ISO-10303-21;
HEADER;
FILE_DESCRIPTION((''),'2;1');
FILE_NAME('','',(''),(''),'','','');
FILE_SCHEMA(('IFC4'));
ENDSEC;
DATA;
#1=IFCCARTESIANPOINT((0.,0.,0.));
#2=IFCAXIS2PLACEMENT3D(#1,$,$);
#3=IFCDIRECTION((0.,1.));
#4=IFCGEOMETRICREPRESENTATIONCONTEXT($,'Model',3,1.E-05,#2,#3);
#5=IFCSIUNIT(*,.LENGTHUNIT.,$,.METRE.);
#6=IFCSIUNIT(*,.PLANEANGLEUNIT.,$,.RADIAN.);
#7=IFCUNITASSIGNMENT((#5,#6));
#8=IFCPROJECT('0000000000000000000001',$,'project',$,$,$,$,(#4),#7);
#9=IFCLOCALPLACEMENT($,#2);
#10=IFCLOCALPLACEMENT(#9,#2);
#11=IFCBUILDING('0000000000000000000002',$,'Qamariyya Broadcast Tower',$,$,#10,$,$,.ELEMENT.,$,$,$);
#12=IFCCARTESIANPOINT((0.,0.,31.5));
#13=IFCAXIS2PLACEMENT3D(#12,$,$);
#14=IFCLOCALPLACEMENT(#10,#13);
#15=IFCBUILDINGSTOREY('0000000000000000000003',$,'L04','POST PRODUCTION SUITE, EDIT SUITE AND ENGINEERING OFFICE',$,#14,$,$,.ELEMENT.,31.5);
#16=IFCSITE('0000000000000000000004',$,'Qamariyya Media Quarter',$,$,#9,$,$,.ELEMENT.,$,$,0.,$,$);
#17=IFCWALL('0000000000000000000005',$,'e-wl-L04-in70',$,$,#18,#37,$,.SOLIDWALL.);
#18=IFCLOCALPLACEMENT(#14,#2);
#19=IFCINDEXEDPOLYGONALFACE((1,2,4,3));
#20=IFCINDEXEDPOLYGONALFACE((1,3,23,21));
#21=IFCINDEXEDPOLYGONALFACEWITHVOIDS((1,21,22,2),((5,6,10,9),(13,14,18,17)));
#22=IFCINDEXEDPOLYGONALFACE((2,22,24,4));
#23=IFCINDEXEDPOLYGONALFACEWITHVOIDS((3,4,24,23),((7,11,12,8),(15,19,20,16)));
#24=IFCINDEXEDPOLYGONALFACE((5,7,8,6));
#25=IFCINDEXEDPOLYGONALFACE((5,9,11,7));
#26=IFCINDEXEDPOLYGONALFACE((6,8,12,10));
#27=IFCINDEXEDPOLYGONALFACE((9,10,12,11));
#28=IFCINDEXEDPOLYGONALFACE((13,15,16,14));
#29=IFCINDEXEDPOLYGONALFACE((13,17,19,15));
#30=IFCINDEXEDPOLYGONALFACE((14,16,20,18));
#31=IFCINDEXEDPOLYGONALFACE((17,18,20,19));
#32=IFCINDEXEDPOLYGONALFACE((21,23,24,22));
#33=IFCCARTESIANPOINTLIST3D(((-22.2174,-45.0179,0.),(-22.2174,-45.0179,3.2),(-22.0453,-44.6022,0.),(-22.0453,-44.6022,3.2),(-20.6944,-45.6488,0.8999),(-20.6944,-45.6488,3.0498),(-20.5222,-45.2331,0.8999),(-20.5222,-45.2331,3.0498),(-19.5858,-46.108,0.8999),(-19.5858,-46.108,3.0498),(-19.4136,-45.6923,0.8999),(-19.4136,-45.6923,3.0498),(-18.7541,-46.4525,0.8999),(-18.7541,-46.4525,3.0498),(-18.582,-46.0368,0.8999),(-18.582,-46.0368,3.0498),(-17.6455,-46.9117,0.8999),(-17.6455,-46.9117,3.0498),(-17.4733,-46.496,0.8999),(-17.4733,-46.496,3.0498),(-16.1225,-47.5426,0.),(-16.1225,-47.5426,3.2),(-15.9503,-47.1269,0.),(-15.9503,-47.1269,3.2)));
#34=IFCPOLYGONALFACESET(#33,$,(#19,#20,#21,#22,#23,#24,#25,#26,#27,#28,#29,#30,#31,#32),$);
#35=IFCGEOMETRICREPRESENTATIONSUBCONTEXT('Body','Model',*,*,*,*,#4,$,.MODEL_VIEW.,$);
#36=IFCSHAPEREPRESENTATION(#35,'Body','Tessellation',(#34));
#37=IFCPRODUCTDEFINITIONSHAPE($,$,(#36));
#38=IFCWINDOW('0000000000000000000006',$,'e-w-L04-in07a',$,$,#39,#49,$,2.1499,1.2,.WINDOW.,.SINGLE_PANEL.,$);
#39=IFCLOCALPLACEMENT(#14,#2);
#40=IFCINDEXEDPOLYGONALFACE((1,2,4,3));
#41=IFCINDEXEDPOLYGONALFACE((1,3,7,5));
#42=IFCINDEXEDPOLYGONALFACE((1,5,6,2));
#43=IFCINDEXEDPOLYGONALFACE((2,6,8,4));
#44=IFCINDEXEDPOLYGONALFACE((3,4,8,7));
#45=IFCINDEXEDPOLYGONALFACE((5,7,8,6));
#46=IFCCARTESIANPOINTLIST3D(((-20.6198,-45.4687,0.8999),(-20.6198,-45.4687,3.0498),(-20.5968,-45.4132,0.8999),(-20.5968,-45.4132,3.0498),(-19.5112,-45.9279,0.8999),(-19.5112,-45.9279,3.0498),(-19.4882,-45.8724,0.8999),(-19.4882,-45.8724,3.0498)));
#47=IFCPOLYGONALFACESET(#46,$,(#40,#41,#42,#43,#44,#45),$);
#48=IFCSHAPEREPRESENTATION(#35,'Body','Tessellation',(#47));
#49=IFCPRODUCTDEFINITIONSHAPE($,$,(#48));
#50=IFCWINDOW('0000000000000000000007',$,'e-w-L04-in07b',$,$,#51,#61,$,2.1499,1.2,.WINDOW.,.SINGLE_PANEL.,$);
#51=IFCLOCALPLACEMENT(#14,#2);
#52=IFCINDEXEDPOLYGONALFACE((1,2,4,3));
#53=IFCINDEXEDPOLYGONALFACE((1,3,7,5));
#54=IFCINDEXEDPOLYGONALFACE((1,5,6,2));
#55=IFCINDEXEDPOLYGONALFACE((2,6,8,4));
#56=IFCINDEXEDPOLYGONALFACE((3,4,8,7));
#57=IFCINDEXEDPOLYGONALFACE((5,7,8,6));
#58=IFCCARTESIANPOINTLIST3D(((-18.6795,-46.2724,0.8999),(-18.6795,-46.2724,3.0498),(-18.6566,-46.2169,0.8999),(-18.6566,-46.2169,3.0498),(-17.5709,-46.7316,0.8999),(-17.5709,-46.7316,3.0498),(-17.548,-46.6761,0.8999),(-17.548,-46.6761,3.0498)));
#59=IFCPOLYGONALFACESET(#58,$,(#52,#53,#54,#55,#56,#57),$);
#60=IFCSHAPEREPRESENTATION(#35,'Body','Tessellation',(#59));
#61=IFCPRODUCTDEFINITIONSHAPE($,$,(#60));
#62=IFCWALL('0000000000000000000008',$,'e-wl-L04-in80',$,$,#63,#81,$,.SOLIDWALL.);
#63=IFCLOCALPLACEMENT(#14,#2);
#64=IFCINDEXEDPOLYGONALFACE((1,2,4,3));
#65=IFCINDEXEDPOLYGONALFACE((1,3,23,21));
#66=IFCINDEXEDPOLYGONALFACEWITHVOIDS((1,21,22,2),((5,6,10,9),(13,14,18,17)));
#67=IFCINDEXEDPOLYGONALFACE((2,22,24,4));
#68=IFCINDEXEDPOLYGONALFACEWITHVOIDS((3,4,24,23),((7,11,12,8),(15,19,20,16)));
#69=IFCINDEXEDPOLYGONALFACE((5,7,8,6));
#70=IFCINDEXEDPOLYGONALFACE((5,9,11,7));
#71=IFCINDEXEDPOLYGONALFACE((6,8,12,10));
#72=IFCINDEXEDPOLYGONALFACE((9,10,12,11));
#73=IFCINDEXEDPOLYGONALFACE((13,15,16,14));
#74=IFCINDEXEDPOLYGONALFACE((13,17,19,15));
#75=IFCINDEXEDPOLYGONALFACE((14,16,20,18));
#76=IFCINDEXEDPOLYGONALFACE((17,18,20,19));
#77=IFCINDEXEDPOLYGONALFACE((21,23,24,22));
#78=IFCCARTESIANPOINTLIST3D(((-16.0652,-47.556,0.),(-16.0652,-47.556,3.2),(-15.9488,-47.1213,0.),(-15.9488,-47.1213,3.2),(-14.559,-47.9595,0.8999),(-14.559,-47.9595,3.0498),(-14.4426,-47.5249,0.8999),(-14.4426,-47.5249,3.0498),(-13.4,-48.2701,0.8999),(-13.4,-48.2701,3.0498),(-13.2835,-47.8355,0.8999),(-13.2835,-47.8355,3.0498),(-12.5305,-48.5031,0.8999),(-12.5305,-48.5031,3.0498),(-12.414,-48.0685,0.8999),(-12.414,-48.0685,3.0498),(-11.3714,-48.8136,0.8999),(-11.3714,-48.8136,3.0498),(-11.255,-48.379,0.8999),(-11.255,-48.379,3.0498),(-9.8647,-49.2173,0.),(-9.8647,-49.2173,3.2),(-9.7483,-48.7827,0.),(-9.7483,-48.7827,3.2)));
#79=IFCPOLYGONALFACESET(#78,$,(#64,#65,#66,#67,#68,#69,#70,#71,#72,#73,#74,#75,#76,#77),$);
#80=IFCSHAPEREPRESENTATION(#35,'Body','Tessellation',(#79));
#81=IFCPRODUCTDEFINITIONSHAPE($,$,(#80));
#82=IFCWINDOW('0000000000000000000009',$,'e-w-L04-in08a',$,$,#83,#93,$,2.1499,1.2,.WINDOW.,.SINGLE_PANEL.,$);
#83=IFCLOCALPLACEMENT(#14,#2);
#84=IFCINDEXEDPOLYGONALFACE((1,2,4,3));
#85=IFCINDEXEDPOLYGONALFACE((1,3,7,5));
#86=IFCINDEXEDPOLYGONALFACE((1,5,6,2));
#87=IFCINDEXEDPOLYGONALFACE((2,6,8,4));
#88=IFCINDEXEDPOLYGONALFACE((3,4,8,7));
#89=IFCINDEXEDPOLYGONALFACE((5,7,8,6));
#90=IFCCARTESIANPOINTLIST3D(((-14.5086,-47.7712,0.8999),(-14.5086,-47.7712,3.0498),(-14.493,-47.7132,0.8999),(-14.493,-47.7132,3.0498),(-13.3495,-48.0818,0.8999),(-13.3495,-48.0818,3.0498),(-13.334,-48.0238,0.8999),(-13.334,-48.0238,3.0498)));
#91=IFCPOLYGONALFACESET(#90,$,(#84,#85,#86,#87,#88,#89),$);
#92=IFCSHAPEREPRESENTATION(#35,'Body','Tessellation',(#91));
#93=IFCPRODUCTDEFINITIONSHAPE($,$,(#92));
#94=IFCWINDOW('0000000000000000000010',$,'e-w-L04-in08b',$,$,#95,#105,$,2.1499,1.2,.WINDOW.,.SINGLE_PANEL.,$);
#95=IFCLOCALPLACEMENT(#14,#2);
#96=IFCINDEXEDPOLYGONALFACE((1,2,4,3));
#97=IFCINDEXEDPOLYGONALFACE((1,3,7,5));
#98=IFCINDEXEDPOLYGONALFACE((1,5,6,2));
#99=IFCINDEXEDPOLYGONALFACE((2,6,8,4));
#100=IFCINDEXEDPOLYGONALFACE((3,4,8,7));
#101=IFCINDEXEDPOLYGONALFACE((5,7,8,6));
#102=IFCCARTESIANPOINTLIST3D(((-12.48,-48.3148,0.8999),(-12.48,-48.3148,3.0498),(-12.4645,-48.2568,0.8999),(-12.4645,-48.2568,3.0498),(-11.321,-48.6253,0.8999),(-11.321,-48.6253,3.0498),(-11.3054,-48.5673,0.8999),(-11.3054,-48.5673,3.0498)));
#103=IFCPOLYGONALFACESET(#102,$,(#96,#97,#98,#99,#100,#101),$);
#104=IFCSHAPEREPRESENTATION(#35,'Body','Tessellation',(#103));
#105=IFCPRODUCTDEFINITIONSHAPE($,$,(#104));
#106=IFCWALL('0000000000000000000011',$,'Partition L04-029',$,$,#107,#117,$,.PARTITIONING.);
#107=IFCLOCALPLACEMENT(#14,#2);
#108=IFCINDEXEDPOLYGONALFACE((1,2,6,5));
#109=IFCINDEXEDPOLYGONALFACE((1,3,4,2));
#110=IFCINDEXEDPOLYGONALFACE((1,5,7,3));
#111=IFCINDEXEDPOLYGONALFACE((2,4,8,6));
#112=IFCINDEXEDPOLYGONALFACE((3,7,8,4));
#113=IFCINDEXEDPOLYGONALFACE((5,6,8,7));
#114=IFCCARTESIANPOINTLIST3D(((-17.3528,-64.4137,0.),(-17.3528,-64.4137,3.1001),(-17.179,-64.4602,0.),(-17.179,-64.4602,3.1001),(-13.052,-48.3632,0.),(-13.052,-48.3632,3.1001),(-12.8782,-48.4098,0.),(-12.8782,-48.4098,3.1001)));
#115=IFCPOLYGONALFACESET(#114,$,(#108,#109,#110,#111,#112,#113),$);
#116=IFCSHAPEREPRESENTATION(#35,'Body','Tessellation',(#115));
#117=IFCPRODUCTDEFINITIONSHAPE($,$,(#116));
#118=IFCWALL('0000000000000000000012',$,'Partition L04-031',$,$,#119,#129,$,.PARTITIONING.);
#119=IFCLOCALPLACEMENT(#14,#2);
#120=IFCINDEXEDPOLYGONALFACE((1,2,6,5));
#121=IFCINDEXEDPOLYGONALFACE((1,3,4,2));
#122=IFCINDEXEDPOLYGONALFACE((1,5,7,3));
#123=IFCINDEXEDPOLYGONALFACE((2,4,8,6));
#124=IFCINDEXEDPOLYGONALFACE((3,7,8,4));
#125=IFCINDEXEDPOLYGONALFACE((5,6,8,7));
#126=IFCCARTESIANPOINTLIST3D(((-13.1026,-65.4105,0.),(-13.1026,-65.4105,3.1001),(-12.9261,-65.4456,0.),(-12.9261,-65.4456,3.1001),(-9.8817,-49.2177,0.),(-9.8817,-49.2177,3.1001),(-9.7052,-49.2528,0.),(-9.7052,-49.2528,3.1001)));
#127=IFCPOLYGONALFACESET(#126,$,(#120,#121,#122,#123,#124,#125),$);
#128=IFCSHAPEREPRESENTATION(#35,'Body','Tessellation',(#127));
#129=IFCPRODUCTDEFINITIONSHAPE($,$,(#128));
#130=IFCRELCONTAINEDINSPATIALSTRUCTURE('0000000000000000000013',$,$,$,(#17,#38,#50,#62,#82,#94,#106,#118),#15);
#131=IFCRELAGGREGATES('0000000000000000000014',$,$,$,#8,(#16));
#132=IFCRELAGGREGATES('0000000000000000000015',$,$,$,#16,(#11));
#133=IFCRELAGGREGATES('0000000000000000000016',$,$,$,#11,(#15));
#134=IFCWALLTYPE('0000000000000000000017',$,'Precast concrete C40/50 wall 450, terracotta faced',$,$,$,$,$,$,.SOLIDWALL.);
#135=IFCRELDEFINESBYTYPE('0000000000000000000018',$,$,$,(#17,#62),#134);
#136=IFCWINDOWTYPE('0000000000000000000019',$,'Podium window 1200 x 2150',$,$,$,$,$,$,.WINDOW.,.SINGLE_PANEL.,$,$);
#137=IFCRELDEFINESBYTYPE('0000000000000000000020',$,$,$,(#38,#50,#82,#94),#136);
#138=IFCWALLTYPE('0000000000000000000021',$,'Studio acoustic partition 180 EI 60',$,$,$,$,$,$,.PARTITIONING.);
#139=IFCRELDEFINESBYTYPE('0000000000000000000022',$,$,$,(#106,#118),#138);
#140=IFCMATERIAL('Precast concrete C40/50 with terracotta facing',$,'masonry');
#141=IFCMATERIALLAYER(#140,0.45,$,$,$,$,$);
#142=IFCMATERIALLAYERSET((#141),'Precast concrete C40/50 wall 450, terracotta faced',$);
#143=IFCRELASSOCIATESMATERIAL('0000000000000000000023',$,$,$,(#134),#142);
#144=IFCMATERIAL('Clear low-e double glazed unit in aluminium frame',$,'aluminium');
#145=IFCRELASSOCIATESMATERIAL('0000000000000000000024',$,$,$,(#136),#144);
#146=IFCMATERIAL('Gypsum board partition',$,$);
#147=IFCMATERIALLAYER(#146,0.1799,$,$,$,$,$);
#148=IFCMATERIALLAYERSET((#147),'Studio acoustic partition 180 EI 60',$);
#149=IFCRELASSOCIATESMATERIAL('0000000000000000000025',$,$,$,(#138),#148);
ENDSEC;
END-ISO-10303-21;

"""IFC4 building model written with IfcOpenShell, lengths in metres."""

from ifc_helpers import new_model, si_unit, direction, frame, frame_2d, origin, place, context, subcontext, project, spatial, rectangle, extrude, material, layer, layer_set, type_object, element, fill, save


model = new_model("IFC4")

# Units and contexts
model_context = context("Model", 3, precision=1e-05, world=origin(), true_north=direction((0.0, 1.0)))
body_context = subcontext(model_context, "Body", "Model", "MODEL_VIEW")
ifc_project = project(units=[si_unit("LENGTHUNIT", "METRE"), si_unit("PLANEANGLEUNIT", "RADIAN")], contexts=[model_context])

# Site, building, storey
site_placement = place(None, origin())
site = spatial("IfcSite", under=ifc_project, at=site_placement, Name="Qamariyya Media Quarter", CompositionType="ELEMENT", RefElevation=0.0)
building_placement = place(site_placement, origin())
building = spatial("IfcBuilding", under=site, at=building_placement, Name="Qamariyya Broadcast Tower", CompositionType="ELEMENT")
storey_placement = place(building_placement, frame((0.0, 0.0, 31.5)))
storey = spatial("IfcBuildingStorey", under=building, at=storey_placement, Name="L04", Description="POST PRODUCTION SUITE, EDIT SUITE AND ENGINEERING OFFICE", CompositionType="ELEMENT", Elevation=31.5)

# Shared definitions
ifc_material_1 = material(Name="Gypsum board partition")

# Walls, openings, windows
ifc_material_2 = material(Name="Precast concrete C40/50 with terracotta facing", Category="masonry")
ifc_layer_1 = layer(ifc_material_2, 0.45)
ifc_layer_set_1 = layer_set([ifc_layer_1], Name="Precast concrete C40/50 wall 450, terracotta faced")
wall_type_1 = type_object("IfcWallType", Name="Precast concrete C40/50 wall 450, terracotta faced", PredefinedType="SOLIDWALL", material=ifc_layer_set_1)
ifc_material_3 = material(Name="Clear low-e double glazed unit in aluminium frame", Category="aluminium")
window_type = type_object("IfcWindowType", Name="Podium window 1200 x 2150", PartitioningType="SINGLE_PANEL", PredefinedType="WINDOW", material=ifc_material_3)
wall_1_placement = place(storey_placement, frame((-16.0364, -47.3347, 0.0), z_axis=(0.0, 0.0, 1.0), x_axis=(-0.923877, 0.382688, 0.0)))
wall_1 = element("IfcWall", 1, at=wall_1_placement, inside=storey, type_object=wall_type_1, Name="e-wl-L04-in70", PredefinedType="SOLIDWALL", context=body_context, shape_type="SweptSolid", body=[
    extrude(rectangle(XDim=6.5972, YDim=0.45, at=frame_2d((3.2986, 0.0))), origin(), (0.0, 0.0, 1.0), 3.2),
])
opening_1_placement = place(wall_1_placement, frame((3.7485, 0.0, 0.8999)))
opening_1 = element("IfcOpeningElement", 2, at=opening_1_placement, cuts=wall_1, PredefinedType="OPENING", context=body_context, shape_type="SweptSolid", body=[
    extrude(rectangle(XDim=1.2, YDim=2.1499, at=frame_2d((0.6001, 1.075))), frame((0.0, 0.2349, 0.0), z_axis=(0.0, -1.0, 0.0), x_axis=(1.0, 0.0, 0.0)), (0.0, 0.0, 1.0), 0.47),
])
opening_2_placement = place(wall_1_placement, frame((1.6484, 0.0, 0.8999)))
opening_2 = element("IfcOpeningElement", 3, at=opening_2_placement, cuts=wall_1, PredefinedType="OPENING", context=body_context, shape_type="SweptSolid", body=[
    extrude(rectangle(XDim=1.2, YDim=2.1499, at=frame_2d((0.6001, 1.075))), frame((0.0, 0.2349, 0.0), z_axis=(0.0, -1.0, 0.0), x_axis=(1.0, 0.0, 0.0)), (0.0, 0.0, 1.0), 0.47),
])
window_1_placement = place(opening_1_placement, origin())
window_1 = element("IfcWindow", 4, at=window_1_placement, inside=storey, type_object=window_type, Name="e-w-L04-in07a", OverallHeight=2.1499, OverallWidth=1.2, PartitioningType="SINGLE_PANEL", PredefinedType="WINDOW", context=body_context, shape_type="SweptSolid", body=[
    extrude(rectangle(XDim=1.2, YDim=2.1499, at=frame_2d((0.6001, 1.075))), frame((0.0, 0.03, 0.0), z_axis=(0.0, -1.0, 0.0), x_axis=(1.0, 0.0, 0.0)), (0.0, 0.0, 1.0), 0.0601),
])
fill(opening_1, window_1)
window_2_placement = place(opening_2_placement, origin())
window_2 = element("IfcWindow", 5, at=window_2_placement, inside=storey, type_object=window_type, Name="e-w-L04-in07b", OverallHeight=2.1499, OverallWidth=1.2, PartitioningType="SINGLE_PANEL", PredefinedType="WINDOW", context=body_context, shape_type="SweptSolid", body=[
    extrude(rectangle(XDim=1.2, YDim=2.1499, at=frame_2d((0.6001, 1.075))), frame((0.0, 0.03, 0.0), z_axis=(0.0, -1.0, 0.0), x_axis=(1.0, 0.0, 0.0)), (0.0, 0.0, 1.0), 0.0601),
])
fill(opening_2, window_2)
wall_2_placement = place(storey_placement, frame((-9.8066, -49.0, 0.0), z_axis=(0.0, 0.0, 1.0), x_axis=(-0.965927, 0.258815, 0.0)))
wall_2 = element("IfcWall", 6, at=wall_2_placement, inside=storey, type_object=wall_type_1, Name="e-wl-L04-in80", PredefinedType="SOLIDWALL", context=body_context, shape_type="SweptSolid", body=[
    extrude(rectangle(XDim=6.4192, YDim=0.45, at=frame_2d((3.2095, 0.0))), origin(), (0.0, 0.0, 1.0), 3.2),
])
opening_3_placement = place(wall_2_placement, frame((3.6597, 0.0, 0.8999)))
opening_3 = element("IfcOpeningElement", 7, at=opening_3_placement, cuts=wall_2, PredefinedType="OPENING", context=body_context, shape_type="SweptSolid", body=[
    extrude(rectangle(XDim=1.2, YDim=2.1499, at=frame_2d((0.6001, 1.075))), frame((0.0, 0.2349, 0.0), z_axis=(0.0, -1.0, 0.0), x_axis=(1.0, 0.0, 0.0)), (0.0, 0.0, 1.0), 0.47),
])
opening_4_placement = place(wall_2_placement, frame((1.5596, 0.0, 0.8999)))
opening_4 = element("IfcOpeningElement", 8, at=opening_4_placement, cuts=wall_2, PredefinedType="OPENING", context=body_context, shape_type="SweptSolid", body=[
    extrude(rectangle(XDim=1.2, YDim=2.1499, at=frame_2d((0.6001, 1.075))), frame((0.0, 0.2349, 0.0), z_axis=(0.0, -1.0, 0.0), x_axis=(1.0, 0.0, 0.0)), (0.0, 0.0, 1.0), 0.47),
])
window_3_placement = place(opening_3_placement, origin())
window_3 = element("IfcWindow", 9, at=window_3_placement, inside=storey, type_object=window_type, Name="e-w-L04-in08a", OverallHeight=2.1499, OverallWidth=1.2, PartitioningType="SINGLE_PANEL", PredefinedType="WINDOW", context=body_context, shape_type="SweptSolid", body=[
    extrude(rectangle(XDim=1.2, YDim=2.1499, at=frame_2d((0.6001, 1.075))), frame((0.0, 0.03, 0.0), z_axis=(0.0, -1.0, 0.0), x_axis=(1.0, 0.0, 0.0)), (0.0, 0.0, 1.0), 0.0601),
])
fill(opening_3, window_3)
window_4_placement = place(opening_4_placement, origin())
window_4 = element("IfcWindow", 10, at=window_4_placement, inside=storey, type_object=window_type, Name="e-w-L04-in08b", OverallHeight=2.1499, OverallWidth=1.2, PartitioningType="SINGLE_PANEL", PredefinedType="WINDOW", context=body_context, shape_type="SweptSolid", body=[
    extrude(rectangle(XDim=1.2, YDim=2.1499, at=frame_2d((0.6001, 1.075))), frame((0.0, 0.03, 0.0), z_axis=(0.0, -1.0, 0.0), x_axis=(1.0, 0.0, 0.0)), (0.0, 0.0, 1.0), 0.0601),
])
fill(opening_4, window_4)

# Walls
ifc_layer_2 = layer(ifc_material_1, 0.1799)
ifc_layer_set_2 = layer_set([ifc_layer_2], Name="Studio acoustic partition 180 EI 60")
wall_type_2 = type_object("IfcWallType", Name="Studio acoustic partition 180 EI 60", PredefinedType="PARTITIONING", material=ifc_layer_set_2)
wall_3_placement = place(storey_placement, frame((-12.9651, -48.3865, 0.0), z_axis=(0.0, 0.0, 1.0), x_axis=(-0.258822, -0.965925, 0.0)))
element("IfcWall", 11, at=wall_3_placement, inside=storey, type_object=wall_type_2, Name="Partition L04-029", PredefinedType="PARTITIONING", context=body_context, shape_type="SweptSolid", body=[
    extrude(rectangle(XDim=16.6167, YDim=0.1799, at=frame_2d((8.3083, 0.0))), origin(), (0.0, 0.0, 1.0), 3.1001),
])
wall_4_placement = place(storey_placement, frame((-9.7935, -49.2354, 0.0), z_axis=(0.0, 0.0, 1.0), x_axis=(-0.195089, -0.980785, 0.0)))
element("IfcWall", 12, at=wall_4_placement, inside=storey, type_object=wall_type_2, Name="Partition L04-031", PredefinedType="PARTITIONING", context=body_context, shape_type="SweptSolid", body=[
    extrude(rectangle(XDim=16.51, YDim=0.1799, at=frame_2d((8.2549, 0.0))), origin(), (0.0, 0.0, 1.0), 3.1001),
])

save(model, "model.ifc")
